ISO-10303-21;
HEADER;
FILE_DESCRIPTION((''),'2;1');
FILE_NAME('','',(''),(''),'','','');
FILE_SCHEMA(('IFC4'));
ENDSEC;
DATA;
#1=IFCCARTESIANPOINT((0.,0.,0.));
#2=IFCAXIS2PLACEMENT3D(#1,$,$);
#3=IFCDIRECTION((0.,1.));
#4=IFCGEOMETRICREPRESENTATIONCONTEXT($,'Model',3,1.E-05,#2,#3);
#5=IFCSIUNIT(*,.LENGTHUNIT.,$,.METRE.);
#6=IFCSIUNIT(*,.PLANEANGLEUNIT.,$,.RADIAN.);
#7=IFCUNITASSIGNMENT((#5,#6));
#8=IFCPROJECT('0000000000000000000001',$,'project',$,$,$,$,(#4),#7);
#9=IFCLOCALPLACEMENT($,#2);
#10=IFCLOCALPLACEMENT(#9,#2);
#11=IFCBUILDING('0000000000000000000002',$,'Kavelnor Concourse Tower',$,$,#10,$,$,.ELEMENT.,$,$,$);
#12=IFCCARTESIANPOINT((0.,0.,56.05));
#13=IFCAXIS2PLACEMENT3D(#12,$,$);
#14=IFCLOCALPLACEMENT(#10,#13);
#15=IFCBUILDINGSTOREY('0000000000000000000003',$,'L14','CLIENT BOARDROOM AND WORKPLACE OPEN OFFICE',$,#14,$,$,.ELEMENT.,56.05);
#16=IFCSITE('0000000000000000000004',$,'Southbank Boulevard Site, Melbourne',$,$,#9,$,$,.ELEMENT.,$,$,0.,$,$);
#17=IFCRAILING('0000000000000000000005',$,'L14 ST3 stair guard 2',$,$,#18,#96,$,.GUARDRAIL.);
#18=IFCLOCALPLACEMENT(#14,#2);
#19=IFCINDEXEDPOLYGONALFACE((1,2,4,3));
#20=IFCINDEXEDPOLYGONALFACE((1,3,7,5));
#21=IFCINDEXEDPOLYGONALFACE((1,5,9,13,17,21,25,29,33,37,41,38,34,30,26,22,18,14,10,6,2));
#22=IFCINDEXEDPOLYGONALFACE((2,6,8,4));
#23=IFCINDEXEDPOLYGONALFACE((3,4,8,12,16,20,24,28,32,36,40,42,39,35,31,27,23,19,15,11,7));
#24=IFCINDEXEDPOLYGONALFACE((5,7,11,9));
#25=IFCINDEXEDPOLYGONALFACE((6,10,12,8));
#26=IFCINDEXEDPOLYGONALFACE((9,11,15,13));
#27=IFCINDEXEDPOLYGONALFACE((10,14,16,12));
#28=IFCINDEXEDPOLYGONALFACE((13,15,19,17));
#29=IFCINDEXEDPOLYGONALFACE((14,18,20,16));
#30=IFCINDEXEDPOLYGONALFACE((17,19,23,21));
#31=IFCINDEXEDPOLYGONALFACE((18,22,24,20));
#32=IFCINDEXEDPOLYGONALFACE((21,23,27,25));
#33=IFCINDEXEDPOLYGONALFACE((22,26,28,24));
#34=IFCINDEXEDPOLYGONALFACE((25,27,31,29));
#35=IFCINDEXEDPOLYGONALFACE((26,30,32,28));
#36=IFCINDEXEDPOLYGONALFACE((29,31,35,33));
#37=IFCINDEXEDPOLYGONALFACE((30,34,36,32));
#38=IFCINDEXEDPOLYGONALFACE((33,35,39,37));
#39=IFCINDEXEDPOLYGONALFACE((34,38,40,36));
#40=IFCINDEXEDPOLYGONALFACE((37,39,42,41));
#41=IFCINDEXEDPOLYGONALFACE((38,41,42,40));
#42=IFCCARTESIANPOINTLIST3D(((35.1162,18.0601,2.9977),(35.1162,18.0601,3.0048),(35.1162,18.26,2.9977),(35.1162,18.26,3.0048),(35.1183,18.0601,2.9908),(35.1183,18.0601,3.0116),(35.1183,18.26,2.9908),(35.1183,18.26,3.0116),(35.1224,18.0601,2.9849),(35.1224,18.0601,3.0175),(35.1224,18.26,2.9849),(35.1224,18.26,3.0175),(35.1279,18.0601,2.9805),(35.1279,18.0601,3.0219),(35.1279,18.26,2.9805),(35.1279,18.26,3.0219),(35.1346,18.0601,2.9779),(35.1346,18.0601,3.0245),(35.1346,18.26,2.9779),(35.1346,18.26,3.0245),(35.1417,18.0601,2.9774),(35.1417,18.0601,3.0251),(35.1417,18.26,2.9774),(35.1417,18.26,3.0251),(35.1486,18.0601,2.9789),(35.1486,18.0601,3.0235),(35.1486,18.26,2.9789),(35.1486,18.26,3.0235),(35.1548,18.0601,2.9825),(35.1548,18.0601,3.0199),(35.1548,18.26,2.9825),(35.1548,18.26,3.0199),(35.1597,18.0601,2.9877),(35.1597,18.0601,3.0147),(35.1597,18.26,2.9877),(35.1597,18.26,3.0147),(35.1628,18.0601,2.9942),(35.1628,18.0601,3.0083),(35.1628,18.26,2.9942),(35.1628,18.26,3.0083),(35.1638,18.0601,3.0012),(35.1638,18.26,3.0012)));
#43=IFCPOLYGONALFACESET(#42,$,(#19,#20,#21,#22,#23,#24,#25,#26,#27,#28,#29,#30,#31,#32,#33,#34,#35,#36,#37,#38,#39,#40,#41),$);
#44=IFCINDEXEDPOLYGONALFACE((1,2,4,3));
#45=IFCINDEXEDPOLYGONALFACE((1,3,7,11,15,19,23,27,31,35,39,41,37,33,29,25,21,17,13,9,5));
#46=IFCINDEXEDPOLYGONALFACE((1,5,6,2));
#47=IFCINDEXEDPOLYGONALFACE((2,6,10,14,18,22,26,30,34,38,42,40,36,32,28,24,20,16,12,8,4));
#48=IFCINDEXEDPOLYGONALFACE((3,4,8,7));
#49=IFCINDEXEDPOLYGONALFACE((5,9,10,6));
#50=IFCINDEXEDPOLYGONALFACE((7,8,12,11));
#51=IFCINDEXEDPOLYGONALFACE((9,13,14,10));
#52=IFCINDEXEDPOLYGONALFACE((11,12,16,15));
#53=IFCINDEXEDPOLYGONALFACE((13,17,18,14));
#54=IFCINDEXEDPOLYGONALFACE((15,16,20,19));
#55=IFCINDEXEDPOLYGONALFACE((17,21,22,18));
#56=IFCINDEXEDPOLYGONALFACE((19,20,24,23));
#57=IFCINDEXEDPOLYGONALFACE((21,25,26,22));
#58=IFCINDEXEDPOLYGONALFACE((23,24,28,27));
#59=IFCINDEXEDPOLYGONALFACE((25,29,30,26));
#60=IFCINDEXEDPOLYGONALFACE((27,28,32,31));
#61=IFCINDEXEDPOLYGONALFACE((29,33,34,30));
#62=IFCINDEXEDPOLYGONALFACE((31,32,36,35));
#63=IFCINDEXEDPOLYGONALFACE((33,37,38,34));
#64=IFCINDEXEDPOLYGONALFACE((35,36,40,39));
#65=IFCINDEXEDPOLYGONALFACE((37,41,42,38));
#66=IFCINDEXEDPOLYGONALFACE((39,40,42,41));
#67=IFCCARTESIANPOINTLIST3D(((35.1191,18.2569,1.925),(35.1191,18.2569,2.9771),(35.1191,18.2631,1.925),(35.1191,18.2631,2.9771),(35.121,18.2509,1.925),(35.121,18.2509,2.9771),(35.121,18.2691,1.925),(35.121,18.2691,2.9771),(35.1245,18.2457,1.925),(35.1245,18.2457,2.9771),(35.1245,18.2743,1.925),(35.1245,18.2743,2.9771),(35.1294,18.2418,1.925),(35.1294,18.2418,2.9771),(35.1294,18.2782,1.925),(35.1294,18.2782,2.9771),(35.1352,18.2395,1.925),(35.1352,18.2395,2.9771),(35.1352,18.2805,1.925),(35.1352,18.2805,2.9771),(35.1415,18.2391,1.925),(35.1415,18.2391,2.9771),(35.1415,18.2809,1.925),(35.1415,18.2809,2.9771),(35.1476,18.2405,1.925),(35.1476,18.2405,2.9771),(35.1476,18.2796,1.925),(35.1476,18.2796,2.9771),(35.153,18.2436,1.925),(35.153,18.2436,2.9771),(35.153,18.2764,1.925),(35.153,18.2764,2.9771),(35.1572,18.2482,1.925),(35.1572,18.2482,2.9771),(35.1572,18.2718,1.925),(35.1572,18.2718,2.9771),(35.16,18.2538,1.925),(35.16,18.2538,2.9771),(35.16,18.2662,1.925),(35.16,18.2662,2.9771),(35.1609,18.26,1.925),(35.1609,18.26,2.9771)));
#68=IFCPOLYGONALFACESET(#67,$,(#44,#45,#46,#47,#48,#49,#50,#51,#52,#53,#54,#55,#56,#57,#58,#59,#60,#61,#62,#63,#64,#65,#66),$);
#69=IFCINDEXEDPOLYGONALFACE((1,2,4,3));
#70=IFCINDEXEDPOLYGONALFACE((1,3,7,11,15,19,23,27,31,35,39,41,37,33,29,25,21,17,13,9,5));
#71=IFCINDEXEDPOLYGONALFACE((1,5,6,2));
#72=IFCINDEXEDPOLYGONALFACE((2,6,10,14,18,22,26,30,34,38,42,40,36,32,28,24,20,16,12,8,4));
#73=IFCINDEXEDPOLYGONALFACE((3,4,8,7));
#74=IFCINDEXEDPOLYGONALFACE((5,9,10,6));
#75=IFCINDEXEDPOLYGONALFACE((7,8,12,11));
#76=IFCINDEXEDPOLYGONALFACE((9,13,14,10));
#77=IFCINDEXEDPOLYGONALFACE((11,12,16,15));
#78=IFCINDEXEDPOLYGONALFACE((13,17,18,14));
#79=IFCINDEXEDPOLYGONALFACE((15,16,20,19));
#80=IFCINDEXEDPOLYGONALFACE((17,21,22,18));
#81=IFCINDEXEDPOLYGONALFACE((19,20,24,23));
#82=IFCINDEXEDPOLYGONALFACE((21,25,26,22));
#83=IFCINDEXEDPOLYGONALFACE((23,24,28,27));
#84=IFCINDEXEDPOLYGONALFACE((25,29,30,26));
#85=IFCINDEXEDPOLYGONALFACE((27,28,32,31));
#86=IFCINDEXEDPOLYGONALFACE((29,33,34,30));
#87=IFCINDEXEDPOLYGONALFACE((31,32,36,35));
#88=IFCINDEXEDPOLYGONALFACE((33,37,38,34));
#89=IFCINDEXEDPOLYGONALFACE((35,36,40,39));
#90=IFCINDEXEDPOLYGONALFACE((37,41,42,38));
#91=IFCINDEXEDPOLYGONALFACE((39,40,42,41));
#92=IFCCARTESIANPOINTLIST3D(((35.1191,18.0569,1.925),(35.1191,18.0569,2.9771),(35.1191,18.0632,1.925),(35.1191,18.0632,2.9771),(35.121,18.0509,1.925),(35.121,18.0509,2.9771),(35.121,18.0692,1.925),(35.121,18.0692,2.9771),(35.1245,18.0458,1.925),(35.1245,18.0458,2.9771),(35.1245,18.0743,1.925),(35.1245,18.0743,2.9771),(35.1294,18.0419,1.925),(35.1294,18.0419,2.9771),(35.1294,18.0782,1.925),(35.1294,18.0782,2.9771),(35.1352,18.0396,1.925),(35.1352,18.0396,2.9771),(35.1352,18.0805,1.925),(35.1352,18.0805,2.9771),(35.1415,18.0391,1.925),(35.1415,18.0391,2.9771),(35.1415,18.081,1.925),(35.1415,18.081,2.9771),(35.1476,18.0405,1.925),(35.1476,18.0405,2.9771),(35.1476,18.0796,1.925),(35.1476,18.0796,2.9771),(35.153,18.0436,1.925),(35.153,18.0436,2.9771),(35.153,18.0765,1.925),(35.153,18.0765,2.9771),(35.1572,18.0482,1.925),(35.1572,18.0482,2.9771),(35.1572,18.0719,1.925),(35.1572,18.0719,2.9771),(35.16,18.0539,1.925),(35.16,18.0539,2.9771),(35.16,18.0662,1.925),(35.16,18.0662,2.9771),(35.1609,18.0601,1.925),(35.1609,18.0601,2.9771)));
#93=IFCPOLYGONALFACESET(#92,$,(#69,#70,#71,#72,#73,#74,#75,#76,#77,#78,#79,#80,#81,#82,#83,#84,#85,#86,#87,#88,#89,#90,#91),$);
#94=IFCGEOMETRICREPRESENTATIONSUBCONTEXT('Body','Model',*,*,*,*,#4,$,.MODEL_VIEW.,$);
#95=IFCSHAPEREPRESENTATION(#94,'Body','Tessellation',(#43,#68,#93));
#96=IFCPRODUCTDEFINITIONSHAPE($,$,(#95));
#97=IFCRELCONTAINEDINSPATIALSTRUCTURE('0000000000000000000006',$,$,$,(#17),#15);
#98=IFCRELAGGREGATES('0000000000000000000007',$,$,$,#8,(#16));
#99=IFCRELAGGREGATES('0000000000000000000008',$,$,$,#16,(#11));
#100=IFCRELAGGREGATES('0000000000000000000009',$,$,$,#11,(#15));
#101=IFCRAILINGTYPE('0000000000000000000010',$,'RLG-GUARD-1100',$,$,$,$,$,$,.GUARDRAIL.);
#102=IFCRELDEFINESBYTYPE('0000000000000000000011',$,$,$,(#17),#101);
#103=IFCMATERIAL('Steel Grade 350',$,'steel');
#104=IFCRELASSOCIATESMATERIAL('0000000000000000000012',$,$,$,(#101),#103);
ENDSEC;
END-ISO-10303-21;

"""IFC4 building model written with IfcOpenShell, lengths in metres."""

from ifc_helpers import new_model, si_unit, direction, frame, origin, origin_2d, place, context, subcontext, project, spatial, circle, extrude, material, type_object, element, save


model = new_model("IFC4")

# Units and contexts
model_context = context("Model", 3, precision=1e-05, world=origin(), true_north=direction((0.0, 1.0)))
body_context = subcontext(model_context, "Body", "Model", "MODEL_VIEW")
ifc_project = project(units=[si_unit("LENGTHUNIT", "METRE"), si_unit("PLANEANGLEUNIT", "RADIAN")], contexts=[model_context])

# Site, building, storey
site_placement = place(None, origin())
site = spatial("IfcSite", under=ifc_project, at=site_placement, Name="Southbank Boulevard Site, Melbourne", CompositionType="ELEMENT", RefElevation=0.0)
building_placement = place(site_placement, origin())
building = spatial("IfcBuilding", under=site, at=building_placement, Name="Kavelnor Concourse Tower", CompositionType="ELEMENT")
storey_placement = place(building_placement, frame((0.0, 0.0, 56.05)))
storey = spatial("IfcBuildingStorey", under=building, at=storey_placement, Name="L14", Description="CLIENT BOARDROOM AND WORKPLACE OPEN OFFICE", CompositionType="ELEMENT", Elevation=56.05)

# Shared definitions
ifc_material_1 = material(Name="Steel Grade 350", Category="steel")

# Railing
railing_type_1 = type_object("IfcRailingType", Name="RLG-GUARD-1100", PredefinedType="GUARDRAIL", material=ifc_material_1)
railing_1_placement = place(storey_placement, frame((35.1399, 18.26, 1.925)))
element("IfcRailing", 1, at=railing_1_placement, inside=storey, type_object=railing_type_1, Name="L14 ST3 stair guard 2", PredefinedType="GUARDRAIL", context=body_context, shape_type="SweptSolid", body=[
    extrude(circle(Radius=0.0239, at=origin_2d()), frame((0.0, 0.0, 1.0762), z_axis=(0.0, -1.0, 0.0), x_axis=(1.0, 0.0, 0.0)), (0.0, 0.0, 1.0), 0.2),
    extrude(circle(Radius=0.021, at=origin_2d()), origin(), (0.0, 0.0, 1.0), 1.052),
    extrude(circle(Radius=0.021, at=origin_2d()), frame((0.0, -0.2, 0.0)), (0.0, 0.0, 1.0), 1.052),
])

save(model, "model.ifc")
